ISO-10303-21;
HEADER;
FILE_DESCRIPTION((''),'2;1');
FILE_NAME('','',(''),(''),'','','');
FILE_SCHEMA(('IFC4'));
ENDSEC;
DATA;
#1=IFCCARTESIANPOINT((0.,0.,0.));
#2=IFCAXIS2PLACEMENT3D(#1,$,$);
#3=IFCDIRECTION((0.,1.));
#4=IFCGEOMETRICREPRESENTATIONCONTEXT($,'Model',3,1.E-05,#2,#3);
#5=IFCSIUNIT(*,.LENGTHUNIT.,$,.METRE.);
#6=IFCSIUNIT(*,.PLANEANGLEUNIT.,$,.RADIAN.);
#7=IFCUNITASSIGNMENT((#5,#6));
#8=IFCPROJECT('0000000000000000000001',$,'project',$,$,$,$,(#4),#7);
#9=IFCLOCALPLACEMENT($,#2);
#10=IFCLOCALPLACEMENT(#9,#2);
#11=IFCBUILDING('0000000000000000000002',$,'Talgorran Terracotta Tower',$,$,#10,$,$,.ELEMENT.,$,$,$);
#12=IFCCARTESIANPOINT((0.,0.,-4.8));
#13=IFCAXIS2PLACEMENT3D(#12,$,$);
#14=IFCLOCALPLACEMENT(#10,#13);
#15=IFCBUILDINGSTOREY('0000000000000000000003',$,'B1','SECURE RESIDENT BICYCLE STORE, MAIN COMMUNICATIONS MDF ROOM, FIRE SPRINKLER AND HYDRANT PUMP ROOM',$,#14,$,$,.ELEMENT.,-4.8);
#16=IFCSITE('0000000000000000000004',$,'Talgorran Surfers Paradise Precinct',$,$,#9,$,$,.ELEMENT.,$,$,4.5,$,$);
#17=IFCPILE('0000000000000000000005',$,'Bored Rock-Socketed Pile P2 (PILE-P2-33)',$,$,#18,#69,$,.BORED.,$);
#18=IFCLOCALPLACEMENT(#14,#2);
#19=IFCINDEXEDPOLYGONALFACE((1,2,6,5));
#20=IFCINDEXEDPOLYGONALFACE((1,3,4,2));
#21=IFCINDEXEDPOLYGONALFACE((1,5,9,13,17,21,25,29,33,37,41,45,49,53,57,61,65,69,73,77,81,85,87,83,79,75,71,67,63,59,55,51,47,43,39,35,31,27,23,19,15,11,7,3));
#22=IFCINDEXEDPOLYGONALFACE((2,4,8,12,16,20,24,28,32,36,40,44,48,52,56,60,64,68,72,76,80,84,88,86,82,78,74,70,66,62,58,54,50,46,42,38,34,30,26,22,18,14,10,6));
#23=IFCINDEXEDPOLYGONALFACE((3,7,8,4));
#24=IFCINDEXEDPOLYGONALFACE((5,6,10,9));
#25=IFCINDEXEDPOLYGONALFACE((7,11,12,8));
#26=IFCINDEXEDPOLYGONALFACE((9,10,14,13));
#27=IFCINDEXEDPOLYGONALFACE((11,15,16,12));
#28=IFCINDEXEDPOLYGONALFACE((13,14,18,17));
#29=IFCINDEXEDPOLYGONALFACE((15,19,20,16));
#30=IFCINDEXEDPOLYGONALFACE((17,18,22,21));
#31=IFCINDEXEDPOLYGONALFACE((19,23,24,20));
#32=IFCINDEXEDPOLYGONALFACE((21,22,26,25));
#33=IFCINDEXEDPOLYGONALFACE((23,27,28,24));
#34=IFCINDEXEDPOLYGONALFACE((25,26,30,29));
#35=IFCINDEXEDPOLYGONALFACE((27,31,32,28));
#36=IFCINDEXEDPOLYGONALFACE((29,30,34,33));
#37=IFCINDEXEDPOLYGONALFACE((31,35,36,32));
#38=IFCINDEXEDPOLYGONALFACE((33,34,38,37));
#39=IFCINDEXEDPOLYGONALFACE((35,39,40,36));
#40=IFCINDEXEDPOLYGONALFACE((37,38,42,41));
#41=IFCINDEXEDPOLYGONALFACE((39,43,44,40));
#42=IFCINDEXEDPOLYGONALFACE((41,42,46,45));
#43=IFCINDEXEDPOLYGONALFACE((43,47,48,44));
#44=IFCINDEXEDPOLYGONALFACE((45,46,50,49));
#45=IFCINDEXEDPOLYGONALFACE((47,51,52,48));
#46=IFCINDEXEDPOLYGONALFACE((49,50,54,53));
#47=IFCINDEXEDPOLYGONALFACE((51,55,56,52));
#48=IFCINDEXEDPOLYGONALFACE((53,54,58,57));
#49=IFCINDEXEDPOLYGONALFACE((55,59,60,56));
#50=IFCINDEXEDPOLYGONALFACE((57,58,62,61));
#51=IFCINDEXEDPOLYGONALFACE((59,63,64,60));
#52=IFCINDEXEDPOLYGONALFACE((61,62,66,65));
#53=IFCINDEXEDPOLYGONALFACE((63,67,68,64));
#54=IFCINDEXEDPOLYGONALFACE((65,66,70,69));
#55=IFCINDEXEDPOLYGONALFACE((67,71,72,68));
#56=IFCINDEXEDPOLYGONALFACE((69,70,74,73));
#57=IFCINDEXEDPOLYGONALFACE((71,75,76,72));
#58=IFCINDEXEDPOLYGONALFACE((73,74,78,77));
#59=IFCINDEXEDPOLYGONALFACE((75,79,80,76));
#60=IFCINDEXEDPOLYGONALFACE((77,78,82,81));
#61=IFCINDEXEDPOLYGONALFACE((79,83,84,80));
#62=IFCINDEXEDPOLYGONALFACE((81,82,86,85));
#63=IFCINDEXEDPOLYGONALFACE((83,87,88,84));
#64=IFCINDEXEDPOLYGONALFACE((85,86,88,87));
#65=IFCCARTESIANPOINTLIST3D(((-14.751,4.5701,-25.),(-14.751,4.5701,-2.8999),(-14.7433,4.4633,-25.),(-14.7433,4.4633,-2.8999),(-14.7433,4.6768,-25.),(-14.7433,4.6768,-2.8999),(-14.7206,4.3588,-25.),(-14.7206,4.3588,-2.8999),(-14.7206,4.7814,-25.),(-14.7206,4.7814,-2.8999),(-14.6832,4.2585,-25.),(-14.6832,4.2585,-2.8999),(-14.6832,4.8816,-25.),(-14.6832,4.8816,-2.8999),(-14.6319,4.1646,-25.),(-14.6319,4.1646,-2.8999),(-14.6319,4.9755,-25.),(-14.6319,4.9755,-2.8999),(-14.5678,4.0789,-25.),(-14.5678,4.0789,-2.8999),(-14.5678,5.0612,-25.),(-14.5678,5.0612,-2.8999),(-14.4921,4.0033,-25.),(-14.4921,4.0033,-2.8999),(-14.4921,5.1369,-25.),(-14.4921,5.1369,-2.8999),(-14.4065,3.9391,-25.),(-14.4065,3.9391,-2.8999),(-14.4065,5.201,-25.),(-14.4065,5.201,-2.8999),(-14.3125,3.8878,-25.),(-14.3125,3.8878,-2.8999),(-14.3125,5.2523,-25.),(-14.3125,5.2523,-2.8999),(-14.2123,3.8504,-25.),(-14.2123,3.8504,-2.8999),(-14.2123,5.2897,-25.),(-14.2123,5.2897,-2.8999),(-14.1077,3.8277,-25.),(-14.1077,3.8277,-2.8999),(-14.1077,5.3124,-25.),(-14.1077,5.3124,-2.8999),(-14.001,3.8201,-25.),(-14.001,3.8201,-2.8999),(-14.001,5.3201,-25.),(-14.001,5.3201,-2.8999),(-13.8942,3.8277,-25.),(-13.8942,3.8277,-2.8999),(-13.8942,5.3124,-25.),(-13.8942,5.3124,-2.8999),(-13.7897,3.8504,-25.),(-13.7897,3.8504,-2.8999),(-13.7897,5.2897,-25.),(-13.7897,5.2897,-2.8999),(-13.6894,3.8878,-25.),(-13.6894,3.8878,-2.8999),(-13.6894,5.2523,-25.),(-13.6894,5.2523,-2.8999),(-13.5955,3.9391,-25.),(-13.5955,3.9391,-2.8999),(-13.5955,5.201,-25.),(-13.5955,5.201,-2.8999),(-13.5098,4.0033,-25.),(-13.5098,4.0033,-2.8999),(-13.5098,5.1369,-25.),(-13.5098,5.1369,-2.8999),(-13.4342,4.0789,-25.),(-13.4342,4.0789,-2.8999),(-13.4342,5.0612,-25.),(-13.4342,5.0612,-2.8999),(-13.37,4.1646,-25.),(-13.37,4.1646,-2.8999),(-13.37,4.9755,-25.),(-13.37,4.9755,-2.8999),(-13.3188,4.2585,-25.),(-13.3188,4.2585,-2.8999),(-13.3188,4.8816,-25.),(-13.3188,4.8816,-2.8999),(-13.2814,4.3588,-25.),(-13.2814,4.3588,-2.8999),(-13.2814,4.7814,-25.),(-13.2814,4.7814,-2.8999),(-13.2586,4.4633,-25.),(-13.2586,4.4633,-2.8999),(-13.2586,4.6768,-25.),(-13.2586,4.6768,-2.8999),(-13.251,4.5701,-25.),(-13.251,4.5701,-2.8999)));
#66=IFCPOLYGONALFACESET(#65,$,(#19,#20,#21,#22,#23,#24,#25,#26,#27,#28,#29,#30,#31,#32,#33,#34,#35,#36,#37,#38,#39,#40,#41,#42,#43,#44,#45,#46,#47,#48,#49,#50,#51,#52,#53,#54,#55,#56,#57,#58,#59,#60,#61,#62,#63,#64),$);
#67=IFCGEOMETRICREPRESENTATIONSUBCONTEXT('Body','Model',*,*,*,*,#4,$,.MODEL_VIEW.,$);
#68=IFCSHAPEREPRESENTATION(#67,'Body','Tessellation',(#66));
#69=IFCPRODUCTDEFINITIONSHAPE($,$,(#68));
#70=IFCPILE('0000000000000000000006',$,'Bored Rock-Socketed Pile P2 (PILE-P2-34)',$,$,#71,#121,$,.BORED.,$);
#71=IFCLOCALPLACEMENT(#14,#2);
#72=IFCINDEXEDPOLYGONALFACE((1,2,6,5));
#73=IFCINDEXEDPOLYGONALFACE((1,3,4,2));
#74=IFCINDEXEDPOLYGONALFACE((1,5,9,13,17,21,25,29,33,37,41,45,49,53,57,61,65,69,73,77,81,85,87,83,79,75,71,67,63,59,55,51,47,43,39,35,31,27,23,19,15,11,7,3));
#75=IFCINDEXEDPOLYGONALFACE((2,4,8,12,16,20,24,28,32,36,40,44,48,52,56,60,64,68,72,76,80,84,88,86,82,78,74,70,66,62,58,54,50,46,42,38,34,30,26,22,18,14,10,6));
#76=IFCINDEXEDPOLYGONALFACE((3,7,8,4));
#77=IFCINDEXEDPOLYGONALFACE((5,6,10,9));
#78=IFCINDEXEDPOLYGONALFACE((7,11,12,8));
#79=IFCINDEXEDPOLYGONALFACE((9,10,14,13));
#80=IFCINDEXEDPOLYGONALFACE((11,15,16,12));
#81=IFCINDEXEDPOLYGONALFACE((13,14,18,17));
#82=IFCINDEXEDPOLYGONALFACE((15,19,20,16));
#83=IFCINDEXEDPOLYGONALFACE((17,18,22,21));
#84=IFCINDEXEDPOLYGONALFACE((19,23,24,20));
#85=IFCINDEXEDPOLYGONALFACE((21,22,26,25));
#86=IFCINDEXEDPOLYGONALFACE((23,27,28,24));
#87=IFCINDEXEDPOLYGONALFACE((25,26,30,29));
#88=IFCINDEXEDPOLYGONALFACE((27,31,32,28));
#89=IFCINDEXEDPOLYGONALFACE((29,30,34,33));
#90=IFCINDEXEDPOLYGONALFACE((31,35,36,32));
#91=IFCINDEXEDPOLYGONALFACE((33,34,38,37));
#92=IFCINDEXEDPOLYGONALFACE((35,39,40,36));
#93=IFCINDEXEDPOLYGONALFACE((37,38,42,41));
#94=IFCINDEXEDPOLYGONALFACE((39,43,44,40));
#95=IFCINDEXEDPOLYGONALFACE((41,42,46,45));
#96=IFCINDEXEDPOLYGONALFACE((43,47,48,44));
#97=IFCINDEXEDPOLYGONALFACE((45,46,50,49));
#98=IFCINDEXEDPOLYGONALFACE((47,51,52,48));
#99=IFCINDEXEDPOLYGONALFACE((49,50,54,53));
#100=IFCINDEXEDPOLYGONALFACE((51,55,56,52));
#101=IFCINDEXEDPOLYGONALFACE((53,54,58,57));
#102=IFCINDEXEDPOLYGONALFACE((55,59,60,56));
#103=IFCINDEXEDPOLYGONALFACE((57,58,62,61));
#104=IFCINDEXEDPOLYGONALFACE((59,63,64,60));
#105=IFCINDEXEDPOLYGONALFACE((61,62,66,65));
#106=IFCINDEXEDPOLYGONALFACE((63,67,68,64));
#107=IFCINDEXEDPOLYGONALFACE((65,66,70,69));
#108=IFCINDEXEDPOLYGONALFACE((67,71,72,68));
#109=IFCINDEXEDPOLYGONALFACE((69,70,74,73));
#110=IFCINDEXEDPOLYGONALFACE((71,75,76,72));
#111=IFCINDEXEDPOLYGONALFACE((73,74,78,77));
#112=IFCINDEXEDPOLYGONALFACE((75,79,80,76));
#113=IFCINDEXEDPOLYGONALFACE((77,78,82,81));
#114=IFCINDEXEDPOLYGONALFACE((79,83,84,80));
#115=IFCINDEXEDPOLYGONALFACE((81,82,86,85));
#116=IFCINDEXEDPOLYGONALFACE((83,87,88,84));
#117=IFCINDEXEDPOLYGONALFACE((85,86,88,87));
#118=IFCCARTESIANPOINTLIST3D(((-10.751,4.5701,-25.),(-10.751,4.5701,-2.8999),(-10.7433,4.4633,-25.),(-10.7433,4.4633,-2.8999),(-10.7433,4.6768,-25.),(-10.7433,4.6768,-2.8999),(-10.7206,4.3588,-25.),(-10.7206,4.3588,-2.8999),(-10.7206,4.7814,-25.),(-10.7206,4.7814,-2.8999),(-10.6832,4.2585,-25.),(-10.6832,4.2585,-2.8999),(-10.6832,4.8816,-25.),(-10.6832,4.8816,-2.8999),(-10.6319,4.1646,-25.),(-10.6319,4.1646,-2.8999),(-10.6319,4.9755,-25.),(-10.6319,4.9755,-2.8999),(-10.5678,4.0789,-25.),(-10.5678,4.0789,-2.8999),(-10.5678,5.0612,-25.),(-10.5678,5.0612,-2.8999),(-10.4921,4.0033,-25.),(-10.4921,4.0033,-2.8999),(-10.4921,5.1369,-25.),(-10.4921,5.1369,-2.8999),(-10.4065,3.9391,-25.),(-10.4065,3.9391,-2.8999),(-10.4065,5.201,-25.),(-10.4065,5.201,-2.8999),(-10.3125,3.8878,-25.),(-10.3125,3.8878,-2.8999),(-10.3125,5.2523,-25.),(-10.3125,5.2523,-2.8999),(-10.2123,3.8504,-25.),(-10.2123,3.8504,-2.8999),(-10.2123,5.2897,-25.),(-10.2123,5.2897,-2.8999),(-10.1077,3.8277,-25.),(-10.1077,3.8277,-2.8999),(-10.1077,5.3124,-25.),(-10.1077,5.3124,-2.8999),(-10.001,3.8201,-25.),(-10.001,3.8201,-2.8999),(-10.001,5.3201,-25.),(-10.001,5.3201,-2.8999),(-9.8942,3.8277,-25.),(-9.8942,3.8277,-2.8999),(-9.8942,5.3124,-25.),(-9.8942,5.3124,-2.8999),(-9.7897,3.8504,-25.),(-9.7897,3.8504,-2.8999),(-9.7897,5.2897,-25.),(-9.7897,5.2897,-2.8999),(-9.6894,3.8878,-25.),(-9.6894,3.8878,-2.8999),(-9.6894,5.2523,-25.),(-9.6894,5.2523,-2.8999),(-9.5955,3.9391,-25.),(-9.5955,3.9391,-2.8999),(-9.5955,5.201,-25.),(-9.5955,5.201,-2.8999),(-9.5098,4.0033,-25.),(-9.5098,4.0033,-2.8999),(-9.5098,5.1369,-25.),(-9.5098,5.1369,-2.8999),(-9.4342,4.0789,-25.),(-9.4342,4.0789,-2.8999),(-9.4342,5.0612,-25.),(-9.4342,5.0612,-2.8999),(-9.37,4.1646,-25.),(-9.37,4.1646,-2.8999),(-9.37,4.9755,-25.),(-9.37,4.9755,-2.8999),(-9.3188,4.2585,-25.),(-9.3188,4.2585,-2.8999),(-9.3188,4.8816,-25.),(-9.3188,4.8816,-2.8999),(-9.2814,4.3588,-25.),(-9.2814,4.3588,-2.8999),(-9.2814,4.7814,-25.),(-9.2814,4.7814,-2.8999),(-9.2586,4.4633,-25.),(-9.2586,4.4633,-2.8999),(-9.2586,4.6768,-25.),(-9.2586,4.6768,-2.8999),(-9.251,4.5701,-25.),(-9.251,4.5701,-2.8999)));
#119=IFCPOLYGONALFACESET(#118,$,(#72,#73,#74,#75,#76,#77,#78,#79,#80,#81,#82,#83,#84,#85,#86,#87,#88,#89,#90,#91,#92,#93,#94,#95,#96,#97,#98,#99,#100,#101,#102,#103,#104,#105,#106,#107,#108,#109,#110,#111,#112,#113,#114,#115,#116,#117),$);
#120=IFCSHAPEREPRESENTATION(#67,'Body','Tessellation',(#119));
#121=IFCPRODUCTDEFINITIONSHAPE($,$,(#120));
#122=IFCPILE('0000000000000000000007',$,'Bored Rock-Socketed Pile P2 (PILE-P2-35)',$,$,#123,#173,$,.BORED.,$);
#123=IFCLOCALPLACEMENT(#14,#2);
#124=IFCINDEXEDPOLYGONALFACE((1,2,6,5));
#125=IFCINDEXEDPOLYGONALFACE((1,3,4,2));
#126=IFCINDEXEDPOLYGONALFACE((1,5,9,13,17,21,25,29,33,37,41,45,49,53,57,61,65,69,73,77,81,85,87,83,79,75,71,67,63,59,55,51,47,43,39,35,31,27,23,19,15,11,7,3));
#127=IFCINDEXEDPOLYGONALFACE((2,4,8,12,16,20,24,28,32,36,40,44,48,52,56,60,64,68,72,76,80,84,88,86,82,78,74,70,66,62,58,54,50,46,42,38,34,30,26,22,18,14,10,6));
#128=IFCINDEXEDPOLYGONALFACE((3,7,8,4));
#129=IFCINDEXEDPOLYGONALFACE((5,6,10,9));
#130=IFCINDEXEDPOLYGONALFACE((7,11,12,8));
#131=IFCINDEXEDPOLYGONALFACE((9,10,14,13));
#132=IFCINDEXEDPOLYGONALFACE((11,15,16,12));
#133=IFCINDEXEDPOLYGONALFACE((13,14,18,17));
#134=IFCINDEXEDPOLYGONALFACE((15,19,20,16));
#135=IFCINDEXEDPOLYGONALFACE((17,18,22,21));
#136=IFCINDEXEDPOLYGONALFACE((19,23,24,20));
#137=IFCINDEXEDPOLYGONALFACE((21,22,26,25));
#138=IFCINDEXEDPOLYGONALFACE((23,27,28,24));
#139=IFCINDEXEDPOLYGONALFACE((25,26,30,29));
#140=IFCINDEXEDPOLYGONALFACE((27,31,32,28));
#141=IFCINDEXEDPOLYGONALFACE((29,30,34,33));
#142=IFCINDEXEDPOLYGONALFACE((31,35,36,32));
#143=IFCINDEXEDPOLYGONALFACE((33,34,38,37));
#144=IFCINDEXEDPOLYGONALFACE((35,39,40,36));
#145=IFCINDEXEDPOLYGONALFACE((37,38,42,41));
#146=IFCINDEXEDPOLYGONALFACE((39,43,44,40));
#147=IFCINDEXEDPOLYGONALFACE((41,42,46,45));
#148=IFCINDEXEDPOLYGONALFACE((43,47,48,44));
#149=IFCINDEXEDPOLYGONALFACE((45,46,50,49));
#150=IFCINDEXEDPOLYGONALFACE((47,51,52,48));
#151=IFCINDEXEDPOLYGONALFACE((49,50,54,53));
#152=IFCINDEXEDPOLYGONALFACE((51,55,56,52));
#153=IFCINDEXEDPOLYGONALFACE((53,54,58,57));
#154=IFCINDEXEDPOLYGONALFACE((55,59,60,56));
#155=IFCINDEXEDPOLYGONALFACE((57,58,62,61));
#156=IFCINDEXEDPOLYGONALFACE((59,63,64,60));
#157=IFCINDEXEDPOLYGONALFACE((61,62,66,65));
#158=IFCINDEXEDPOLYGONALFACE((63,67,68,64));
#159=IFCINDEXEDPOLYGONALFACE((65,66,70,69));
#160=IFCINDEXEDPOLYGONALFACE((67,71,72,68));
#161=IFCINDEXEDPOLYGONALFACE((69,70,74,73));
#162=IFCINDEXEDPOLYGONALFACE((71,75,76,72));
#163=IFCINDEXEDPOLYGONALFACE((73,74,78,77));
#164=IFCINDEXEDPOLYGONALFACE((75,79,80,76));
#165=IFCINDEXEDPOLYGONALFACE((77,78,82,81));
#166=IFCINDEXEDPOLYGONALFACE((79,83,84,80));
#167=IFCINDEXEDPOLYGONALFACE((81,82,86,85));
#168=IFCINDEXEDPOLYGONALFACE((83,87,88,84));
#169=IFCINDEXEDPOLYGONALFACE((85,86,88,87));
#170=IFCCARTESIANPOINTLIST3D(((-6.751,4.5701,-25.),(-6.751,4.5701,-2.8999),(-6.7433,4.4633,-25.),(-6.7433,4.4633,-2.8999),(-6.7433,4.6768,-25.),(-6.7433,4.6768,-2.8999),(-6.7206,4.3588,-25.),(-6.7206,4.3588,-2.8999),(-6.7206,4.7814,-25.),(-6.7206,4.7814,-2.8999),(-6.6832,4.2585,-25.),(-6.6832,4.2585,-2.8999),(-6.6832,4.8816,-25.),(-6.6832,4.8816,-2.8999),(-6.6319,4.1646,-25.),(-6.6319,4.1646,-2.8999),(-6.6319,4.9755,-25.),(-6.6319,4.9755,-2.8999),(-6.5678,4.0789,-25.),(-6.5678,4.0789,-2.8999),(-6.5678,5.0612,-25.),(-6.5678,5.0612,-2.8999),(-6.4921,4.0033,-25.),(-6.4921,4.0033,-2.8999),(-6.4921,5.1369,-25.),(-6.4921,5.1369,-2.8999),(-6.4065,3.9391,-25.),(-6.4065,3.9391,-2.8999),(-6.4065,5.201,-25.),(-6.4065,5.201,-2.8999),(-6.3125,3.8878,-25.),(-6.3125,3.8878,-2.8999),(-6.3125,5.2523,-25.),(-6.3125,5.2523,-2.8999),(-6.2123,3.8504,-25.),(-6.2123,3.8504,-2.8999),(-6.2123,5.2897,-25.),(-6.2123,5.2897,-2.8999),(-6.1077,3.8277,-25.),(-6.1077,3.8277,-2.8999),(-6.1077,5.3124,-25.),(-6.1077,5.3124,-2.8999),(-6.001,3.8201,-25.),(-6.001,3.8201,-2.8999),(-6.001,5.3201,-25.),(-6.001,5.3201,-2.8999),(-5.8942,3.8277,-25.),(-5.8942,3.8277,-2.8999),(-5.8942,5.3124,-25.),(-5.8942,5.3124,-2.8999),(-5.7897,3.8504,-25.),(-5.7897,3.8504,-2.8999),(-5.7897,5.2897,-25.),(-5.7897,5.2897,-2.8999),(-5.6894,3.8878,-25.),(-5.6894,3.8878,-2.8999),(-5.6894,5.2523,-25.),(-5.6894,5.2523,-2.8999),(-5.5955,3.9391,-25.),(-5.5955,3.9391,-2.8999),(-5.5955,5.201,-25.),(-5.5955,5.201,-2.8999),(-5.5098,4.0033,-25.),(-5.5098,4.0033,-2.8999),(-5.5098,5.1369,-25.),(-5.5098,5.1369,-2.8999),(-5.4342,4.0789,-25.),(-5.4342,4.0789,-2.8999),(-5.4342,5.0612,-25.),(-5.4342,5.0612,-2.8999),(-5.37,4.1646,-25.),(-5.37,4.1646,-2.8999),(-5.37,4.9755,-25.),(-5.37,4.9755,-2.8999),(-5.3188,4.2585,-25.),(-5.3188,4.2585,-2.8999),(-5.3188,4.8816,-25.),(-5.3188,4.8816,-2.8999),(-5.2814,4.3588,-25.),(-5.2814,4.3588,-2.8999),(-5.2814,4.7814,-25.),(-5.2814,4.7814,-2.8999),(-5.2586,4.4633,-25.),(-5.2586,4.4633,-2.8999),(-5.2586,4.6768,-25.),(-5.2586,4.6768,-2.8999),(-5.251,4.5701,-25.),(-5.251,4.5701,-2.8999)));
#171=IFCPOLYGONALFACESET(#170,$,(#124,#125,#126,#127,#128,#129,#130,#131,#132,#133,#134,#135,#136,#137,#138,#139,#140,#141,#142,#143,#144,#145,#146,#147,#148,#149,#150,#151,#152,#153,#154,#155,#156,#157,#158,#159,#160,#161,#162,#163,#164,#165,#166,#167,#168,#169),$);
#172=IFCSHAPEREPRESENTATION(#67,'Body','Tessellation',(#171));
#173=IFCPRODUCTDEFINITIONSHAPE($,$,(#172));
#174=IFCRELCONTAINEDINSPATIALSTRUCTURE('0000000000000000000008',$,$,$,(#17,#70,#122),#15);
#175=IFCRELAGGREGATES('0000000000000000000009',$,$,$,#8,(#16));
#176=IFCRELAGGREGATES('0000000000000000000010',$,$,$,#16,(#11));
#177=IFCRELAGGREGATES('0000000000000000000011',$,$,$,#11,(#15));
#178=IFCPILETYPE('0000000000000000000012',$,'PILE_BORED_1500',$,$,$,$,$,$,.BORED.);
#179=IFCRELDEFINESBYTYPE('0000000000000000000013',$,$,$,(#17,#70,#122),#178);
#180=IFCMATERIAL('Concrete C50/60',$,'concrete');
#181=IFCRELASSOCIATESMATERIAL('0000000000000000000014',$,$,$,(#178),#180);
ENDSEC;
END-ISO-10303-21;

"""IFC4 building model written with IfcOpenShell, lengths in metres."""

from ifc_helpers import new_model, si_unit, direction, frame, origin, origin_2d, place, context, subcontext, project, spatial, circle, extrude, material, material_profile, profile_set, type_object, element, save


model = new_model("IFC4")

# Units and contexts
model_context = context("Model", 3, precision=1e-05, world=origin(), true_north=direction((0.0, 1.0)))
body_context = subcontext(model_context, "Body", "Model", "MODEL_VIEW")
ifc_project = project(units=[si_unit("LENGTHUNIT", "METRE"), si_unit("PLANEANGLEUNIT", "RADIAN")], contexts=[model_context])

# Site, building, storey
site_placement = place(None, origin())
site = spatial("IfcSite", under=ifc_project, at=site_placement, Name="Talgorran Surfers Paradise Precinct", CompositionType="ELEMENT", RefElevation=4.5)
building_placement = place(site_placement, origin())
building = spatial("IfcBuilding", under=site, at=building_placement, Name="Talgorran Terracotta Tower", CompositionType="ELEMENT")
storey_placement = place(building_placement, frame((0.0, 0.0, -4.8)))
storey = spatial("IfcBuildingStorey", under=building, at=storey_placement, Name="B1", Description="SECURE RESIDENT BICYCLE STORE, MAIN COMMUNICATIONS MDF ROOM, FIRE SPRINKLER AND HYDRANT PUMP ROOM", CompositionType="ELEMENT", Elevation=-4.8)

# Shared definitions
ifc_material_1 = material(Name="Concrete C50/60", Category="concrete")

# Piles
ifc_material_profile_1 = material_profile(ifc_material_1, circle(Radius=0.75, at=origin_2d()), Name="PILE1500")
ifc_profile_set_1 = profile_set([ifc_material_profile_1], Name="Concrete C50/60")
pile_type_1 = type_object("IfcPileType", Name="PILE_BORED_1500", PredefinedType="BORED", material=ifc_profile_set_1)
for number, where, z_axis, x_axis, name in (
    (1, (-14.001, 4.5701, -2.8999), (0.0, 0.0, -1.0), (1.0, 0.0, 0.0), "Bored Rock-Socketed Pile P2 (PILE-P2-33)"),
    (2, (-10.001, 4.5701, -2.8999), (0.0, 0.0, -1.0), (1.0, 0.0, 0.0), "Bored Rock-Socketed Pile P2 (PILE-P2-34)"),
    (3, (-6.001, 4.5701, -2.8999), (0.0, 0.0, -1.0), (1.0, 0.0, 0.0), "Bored Rock-Socketed Pile P2 (PILE-P2-35)"),
):
    element("IfcPile", number, at=place(storey_placement, frame(where, z_axis=z_axis, x_axis=x_axis)), inside=storey, type_object=pile_type_1, Name=name, PredefinedType="BORED", context=body_context, shape_type="SweptSolid", body=[
        extrude(circle(Radius=0.75, at=origin_2d()), origin(), (0.0, 0.0, 1.0), 22.1001),
    ])

save(model, "model.ifc")
